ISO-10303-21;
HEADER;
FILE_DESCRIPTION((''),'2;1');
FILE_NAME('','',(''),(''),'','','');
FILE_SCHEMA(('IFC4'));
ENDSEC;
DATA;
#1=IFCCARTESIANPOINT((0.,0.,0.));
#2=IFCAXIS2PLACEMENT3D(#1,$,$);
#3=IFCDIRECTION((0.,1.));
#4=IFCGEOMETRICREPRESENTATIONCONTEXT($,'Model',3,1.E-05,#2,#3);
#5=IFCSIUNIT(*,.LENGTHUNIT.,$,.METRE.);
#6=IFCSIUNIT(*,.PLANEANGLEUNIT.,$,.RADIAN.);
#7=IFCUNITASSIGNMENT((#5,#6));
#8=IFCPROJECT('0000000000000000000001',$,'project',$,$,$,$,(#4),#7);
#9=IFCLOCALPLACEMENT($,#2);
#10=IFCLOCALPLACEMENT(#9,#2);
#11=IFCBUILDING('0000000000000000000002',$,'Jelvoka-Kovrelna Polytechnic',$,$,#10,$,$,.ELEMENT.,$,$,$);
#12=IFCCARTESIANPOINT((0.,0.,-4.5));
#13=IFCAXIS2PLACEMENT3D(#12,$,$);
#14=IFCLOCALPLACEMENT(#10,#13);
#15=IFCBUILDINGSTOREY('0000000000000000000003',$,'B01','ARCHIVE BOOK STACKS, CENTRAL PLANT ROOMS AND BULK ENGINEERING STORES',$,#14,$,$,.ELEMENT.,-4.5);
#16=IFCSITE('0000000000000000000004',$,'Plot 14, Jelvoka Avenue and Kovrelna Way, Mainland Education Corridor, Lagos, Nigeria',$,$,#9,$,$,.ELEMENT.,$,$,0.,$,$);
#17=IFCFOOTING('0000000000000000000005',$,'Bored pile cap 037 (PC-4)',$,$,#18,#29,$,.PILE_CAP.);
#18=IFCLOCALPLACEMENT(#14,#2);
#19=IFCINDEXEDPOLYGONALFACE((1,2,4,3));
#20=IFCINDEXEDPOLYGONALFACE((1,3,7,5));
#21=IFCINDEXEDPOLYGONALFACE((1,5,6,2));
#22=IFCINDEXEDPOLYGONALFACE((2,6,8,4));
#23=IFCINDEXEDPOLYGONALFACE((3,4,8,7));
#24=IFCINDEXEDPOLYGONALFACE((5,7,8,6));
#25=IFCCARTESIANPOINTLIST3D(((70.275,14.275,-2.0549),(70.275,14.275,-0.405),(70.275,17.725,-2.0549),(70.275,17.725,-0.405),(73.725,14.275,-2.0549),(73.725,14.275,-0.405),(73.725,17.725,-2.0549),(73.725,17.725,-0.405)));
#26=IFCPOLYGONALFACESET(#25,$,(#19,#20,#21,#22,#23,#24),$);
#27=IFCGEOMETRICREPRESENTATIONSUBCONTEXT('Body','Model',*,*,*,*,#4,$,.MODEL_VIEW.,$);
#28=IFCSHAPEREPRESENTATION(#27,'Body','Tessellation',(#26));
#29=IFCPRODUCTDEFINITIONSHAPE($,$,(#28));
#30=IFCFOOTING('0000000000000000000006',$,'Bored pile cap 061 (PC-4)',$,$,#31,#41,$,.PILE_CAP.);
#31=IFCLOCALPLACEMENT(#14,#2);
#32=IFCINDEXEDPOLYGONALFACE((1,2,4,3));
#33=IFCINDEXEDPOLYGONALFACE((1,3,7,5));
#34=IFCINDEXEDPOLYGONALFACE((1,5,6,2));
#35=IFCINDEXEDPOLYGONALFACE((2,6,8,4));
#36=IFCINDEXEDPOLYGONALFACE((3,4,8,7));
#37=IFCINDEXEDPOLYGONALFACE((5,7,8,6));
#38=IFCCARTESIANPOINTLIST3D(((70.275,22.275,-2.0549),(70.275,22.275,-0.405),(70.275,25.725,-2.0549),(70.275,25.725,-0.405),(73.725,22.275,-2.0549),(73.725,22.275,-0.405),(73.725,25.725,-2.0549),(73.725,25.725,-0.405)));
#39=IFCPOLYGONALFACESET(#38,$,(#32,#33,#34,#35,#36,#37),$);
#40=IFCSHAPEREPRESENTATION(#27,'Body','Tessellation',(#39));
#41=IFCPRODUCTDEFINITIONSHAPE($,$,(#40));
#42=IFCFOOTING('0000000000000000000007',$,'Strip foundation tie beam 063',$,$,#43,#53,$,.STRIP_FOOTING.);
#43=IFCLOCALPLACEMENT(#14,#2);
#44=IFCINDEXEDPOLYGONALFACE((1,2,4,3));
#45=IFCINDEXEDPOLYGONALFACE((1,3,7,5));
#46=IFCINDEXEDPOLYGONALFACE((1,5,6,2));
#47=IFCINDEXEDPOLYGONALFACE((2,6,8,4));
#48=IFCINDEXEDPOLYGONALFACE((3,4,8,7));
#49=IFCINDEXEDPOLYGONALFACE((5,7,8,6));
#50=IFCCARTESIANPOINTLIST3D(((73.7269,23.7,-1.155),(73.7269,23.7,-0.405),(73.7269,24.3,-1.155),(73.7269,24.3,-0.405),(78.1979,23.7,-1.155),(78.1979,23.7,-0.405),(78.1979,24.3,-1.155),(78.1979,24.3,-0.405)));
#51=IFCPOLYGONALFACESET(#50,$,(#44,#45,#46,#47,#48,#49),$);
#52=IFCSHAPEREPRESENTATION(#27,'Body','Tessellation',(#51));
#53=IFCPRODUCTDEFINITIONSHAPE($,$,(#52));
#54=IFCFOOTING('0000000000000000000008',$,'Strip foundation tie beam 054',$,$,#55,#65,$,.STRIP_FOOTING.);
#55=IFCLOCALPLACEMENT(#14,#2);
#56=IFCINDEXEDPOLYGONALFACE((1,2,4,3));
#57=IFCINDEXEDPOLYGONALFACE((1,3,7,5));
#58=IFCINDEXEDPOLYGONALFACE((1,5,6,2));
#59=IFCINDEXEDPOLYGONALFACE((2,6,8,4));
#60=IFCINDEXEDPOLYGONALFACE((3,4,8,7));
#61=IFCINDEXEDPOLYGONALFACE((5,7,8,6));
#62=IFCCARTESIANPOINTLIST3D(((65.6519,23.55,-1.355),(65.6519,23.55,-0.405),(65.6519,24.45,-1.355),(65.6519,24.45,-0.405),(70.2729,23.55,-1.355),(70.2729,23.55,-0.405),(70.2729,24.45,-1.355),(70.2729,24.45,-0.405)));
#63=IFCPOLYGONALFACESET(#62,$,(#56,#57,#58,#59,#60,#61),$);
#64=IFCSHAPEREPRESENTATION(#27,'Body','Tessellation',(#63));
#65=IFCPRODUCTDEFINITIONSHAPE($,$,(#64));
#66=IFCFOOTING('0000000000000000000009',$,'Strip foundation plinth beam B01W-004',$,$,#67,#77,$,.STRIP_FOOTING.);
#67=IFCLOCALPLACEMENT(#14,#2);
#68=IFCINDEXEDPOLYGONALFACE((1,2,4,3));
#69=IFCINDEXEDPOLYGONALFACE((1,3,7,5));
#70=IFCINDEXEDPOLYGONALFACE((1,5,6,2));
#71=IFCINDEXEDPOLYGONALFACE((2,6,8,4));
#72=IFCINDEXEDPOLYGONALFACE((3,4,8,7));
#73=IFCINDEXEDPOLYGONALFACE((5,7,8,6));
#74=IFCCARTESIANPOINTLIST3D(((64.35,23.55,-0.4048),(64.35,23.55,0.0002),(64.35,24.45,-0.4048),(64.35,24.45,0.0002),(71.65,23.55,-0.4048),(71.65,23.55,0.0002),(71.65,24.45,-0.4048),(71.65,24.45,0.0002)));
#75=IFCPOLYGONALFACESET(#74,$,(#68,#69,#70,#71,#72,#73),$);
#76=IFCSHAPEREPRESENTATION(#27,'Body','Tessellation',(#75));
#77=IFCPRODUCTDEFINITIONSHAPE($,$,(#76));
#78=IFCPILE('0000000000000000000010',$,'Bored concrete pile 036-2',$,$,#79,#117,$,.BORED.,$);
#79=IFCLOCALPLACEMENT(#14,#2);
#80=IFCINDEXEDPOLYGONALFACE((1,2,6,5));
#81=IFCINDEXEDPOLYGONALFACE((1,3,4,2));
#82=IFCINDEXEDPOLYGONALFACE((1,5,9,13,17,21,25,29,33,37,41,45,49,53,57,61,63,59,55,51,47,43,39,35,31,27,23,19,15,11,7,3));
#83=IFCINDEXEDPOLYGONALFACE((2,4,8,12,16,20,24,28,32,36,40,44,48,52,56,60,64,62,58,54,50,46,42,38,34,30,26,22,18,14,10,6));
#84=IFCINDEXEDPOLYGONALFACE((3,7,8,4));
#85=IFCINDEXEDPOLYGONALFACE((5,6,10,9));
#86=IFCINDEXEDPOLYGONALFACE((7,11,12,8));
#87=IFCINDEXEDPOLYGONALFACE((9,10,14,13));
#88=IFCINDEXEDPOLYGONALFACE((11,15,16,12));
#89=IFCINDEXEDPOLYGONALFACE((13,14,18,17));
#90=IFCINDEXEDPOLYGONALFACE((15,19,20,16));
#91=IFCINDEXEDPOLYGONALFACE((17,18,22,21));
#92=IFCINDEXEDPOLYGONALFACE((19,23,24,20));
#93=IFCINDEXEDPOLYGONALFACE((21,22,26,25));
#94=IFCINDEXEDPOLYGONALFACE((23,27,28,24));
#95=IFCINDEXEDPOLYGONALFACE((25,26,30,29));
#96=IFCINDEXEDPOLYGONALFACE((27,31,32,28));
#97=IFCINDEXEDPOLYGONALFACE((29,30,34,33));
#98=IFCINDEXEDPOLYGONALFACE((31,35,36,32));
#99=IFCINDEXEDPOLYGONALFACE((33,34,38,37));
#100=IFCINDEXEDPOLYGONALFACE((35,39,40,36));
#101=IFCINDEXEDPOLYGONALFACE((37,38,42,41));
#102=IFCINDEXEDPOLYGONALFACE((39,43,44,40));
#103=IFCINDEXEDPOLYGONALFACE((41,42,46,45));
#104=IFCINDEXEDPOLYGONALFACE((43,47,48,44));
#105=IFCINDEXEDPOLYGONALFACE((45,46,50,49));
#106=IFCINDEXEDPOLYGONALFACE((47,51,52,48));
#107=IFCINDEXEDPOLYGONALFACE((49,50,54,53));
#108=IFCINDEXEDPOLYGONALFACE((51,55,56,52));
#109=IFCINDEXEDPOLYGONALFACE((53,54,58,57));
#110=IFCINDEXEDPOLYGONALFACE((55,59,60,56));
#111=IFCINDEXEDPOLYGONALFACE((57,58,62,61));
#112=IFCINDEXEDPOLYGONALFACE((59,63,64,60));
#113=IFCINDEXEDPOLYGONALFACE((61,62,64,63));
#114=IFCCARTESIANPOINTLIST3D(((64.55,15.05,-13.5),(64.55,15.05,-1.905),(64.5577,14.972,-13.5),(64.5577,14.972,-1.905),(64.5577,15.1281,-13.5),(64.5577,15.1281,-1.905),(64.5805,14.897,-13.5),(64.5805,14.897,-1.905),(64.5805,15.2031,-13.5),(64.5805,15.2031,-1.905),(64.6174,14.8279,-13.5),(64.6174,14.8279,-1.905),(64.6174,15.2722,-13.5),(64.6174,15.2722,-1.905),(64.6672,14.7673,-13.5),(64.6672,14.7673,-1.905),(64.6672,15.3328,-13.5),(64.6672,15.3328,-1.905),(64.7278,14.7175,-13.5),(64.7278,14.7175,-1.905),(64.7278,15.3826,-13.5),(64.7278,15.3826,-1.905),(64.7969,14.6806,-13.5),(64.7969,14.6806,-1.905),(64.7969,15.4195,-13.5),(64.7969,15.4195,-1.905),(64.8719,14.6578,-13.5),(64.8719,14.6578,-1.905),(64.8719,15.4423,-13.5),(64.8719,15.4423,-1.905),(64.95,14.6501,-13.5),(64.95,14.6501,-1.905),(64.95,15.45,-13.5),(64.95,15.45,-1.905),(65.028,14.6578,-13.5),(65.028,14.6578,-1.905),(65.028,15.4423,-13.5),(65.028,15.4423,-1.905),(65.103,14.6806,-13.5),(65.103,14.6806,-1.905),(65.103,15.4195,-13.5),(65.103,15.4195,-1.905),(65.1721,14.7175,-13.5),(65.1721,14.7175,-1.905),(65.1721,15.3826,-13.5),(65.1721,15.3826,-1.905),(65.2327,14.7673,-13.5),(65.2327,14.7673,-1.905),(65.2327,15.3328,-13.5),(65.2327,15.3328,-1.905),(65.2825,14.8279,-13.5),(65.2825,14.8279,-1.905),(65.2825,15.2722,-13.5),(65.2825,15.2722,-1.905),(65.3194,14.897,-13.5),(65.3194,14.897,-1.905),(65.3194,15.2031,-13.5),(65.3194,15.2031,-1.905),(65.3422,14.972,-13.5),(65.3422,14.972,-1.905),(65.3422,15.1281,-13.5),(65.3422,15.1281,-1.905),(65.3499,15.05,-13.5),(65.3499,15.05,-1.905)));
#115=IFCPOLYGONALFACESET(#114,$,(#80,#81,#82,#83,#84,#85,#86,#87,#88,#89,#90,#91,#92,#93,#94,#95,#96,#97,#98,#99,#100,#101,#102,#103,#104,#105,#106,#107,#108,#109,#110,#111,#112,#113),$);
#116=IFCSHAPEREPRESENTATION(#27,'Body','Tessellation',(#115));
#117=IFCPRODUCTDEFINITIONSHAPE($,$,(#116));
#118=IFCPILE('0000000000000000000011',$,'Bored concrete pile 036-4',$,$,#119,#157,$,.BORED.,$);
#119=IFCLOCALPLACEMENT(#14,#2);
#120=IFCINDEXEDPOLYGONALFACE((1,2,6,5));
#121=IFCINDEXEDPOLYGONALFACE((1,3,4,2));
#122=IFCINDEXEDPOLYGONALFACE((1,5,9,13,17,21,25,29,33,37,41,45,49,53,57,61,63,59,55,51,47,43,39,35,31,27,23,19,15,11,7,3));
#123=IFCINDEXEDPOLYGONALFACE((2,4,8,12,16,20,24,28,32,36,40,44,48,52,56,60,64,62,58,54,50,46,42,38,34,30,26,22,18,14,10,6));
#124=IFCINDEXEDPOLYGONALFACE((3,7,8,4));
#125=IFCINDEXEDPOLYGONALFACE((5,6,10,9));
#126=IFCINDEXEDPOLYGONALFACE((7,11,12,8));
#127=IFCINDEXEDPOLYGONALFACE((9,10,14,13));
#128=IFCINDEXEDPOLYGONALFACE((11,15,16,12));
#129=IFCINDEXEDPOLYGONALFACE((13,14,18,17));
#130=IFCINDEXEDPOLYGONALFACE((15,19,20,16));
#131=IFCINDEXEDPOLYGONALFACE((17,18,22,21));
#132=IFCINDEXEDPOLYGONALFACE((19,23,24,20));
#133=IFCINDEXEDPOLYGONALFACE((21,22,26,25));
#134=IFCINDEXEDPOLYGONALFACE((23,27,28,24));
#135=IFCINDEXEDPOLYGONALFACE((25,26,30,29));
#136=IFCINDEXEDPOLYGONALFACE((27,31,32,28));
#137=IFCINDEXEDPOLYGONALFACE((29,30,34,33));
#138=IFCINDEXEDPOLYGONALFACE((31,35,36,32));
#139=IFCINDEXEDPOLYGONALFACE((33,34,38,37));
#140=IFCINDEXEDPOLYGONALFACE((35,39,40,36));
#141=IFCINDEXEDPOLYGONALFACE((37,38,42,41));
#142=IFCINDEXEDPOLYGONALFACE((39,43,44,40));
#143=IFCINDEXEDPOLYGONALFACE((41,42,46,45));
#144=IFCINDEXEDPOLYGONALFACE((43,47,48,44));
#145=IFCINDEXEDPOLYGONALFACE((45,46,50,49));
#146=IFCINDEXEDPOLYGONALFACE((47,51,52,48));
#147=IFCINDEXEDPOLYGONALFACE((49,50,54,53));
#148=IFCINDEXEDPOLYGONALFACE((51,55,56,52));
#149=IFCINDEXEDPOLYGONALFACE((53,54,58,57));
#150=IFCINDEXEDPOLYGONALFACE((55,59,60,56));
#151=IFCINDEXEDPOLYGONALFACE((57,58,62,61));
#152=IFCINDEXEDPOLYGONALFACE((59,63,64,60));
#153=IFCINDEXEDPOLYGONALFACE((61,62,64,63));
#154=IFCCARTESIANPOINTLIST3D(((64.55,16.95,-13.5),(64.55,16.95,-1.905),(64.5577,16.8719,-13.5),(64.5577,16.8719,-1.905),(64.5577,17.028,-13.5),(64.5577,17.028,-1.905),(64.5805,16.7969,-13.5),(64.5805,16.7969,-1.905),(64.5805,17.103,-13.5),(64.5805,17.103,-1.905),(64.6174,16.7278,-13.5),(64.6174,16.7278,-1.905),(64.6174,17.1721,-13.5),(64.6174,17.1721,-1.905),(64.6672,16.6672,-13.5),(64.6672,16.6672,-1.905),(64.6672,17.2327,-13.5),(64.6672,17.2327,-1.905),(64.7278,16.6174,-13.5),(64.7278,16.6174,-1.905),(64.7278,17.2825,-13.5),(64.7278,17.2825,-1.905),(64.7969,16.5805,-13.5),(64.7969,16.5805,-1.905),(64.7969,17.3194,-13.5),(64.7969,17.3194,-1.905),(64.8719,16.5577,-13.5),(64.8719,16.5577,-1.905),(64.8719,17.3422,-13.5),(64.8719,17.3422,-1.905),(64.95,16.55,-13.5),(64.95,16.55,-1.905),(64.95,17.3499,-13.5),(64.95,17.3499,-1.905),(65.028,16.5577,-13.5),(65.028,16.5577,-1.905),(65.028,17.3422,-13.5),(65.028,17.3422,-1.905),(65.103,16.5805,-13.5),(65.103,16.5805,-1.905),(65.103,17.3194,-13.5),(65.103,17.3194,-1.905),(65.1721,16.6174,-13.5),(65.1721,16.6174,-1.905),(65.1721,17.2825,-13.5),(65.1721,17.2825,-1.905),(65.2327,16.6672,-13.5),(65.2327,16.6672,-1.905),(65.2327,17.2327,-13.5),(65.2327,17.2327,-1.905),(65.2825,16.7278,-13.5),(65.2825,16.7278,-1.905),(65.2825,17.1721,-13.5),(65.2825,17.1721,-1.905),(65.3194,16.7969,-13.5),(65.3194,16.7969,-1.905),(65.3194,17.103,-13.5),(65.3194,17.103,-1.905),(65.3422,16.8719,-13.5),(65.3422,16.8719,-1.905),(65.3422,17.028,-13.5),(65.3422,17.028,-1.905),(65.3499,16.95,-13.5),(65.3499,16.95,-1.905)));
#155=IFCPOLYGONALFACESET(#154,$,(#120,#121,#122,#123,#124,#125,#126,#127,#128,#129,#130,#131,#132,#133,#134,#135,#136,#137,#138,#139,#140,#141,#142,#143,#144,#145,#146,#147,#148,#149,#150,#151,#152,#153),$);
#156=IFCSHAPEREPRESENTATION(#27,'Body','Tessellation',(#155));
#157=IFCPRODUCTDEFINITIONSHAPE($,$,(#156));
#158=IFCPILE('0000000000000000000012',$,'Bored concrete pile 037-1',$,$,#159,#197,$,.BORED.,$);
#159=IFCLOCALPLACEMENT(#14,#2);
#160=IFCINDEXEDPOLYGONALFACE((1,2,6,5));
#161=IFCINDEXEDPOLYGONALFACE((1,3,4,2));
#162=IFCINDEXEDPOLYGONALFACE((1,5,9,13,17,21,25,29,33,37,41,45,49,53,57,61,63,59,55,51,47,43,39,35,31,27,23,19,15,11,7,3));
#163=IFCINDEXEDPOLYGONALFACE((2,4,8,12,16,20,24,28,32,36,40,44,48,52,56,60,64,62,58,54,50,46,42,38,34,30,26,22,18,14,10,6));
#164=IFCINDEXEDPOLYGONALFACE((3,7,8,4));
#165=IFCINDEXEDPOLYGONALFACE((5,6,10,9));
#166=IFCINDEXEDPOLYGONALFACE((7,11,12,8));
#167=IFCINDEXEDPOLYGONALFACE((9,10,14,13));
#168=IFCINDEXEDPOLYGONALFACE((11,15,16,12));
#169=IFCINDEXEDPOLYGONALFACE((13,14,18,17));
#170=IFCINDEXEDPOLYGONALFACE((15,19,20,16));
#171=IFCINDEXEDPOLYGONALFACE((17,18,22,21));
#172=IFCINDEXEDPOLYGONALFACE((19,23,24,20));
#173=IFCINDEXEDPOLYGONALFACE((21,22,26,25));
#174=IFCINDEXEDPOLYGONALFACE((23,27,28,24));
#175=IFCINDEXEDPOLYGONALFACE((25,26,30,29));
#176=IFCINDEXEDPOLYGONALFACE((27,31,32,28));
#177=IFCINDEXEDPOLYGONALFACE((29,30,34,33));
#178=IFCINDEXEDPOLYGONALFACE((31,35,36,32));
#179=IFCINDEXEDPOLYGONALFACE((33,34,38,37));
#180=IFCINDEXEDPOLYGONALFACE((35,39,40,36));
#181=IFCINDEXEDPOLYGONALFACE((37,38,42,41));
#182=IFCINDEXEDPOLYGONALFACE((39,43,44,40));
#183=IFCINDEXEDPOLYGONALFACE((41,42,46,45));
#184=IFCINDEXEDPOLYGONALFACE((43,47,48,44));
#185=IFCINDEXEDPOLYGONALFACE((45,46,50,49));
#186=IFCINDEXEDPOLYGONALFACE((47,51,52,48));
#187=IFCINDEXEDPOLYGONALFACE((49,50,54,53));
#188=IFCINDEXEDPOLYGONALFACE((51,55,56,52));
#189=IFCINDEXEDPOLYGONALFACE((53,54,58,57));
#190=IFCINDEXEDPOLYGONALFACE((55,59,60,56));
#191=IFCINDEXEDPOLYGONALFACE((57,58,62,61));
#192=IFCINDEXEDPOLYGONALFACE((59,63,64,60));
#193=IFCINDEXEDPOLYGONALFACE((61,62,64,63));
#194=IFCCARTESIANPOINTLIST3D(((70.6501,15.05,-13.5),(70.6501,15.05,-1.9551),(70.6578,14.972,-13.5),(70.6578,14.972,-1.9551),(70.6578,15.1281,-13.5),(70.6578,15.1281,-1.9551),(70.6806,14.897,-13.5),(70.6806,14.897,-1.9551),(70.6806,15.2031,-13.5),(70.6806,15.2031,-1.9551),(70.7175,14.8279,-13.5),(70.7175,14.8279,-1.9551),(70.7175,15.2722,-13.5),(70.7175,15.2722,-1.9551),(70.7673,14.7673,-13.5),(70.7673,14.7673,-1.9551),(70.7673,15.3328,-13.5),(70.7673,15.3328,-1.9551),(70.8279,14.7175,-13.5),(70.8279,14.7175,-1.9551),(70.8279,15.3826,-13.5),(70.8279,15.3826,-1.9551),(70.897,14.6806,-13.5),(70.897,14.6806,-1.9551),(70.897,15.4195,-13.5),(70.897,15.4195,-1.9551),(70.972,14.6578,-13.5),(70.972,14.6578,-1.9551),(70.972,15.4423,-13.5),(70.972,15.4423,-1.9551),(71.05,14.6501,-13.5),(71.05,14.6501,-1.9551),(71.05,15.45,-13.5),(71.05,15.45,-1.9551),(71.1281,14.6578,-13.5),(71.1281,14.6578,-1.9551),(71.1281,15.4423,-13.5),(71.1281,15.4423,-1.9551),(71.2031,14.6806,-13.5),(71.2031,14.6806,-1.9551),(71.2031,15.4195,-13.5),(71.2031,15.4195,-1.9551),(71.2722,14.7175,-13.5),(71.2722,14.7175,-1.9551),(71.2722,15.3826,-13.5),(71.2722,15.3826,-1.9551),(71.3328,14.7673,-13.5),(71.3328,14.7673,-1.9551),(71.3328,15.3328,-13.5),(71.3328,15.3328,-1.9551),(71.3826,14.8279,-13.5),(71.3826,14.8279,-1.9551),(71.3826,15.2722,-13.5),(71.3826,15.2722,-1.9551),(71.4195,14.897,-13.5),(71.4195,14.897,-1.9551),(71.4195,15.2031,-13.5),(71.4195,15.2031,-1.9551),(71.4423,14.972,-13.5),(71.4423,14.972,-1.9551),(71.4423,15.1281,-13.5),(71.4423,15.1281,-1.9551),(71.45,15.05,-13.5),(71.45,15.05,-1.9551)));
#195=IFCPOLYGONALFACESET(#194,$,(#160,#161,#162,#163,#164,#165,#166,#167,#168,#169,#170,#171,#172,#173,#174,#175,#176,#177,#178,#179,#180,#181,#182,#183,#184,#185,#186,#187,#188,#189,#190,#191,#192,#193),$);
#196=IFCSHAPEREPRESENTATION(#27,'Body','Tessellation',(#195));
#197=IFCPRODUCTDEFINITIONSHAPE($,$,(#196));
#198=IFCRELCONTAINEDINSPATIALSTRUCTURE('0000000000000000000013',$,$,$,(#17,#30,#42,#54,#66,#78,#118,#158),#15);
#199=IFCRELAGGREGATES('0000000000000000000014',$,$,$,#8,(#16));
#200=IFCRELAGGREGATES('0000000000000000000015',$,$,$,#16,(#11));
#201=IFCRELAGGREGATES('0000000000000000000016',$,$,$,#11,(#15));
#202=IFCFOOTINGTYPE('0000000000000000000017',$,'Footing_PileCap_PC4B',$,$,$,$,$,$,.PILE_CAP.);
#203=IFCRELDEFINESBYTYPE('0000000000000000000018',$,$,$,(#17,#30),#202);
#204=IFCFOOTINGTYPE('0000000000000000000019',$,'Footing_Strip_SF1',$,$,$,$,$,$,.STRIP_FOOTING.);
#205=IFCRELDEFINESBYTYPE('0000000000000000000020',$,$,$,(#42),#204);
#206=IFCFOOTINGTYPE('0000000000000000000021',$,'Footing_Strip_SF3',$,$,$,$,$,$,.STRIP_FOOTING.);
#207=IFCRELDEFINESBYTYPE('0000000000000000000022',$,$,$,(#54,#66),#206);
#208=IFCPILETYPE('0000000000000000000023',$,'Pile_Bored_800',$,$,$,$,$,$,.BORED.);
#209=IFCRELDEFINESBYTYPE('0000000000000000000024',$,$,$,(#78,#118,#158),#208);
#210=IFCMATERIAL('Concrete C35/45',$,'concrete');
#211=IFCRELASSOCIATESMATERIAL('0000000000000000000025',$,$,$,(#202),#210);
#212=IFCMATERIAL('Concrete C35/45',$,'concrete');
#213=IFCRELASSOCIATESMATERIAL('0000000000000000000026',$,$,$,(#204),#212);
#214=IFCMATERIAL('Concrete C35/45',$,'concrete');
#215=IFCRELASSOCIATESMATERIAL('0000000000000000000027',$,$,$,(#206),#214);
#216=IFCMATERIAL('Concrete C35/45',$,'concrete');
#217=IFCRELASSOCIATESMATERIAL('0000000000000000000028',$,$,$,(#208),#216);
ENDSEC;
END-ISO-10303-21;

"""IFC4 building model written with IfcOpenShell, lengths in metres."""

from ifc_helpers import new_model, si_unit, direction, frame, origin, origin_2d, place, context, subcontext, project, spatial, rectangle, circle, extrude, material, material_profile, profile_set, type_object, element, save


model = new_model("IFC4")

# Units and contexts
model_context = context("Model", 3, precision=1e-05, world=origin(), true_north=direction((0.0, 1.0)))
body_context = subcontext(model_context, "Body", "Model", "MODEL_VIEW")
ifc_project = project(units=[si_unit("LENGTHUNIT", "METRE"), si_unit("PLANEANGLEUNIT", "RADIAN")], contexts=[model_context])

# Site, building, storey
site_placement = place(None, origin())
site = spatial("IfcSite", under=ifc_project, at=site_placement, Name="Plot 14, Jelvoka Avenue and Kovrelna Way, Mainland Education Corridor, Lagos, Nigeria", CompositionType="ELEMENT", RefElevation=0.0)
building_placement = place(site_placement, origin())
building = spatial("IfcBuilding", under=site, at=building_placement, Name="Jelvoka-Kovrelna Polytechnic", CompositionType="ELEMENT")
storey_placement = place(building_placement, frame((0.0, 0.0, -4.5)))
storey = spatial("IfcBuildingStorey", under=building, at=storey_placement, Name="B01", Description="ARCHIVE BOOK STACKS, CENTRAL PLANT ROOMS AND BULK ENGINEERING STORES", CompositionType="ELEMENT", Elevation=-4.5)

# Footings
ifc_material_1 = material(Name="Concrete C35/45", Category="concrete")
footing_type_1 = type_object("IfcFootingType", Name="Footing_PileCap_PC4B", PredefinedType="PILE_CAP", material=ifc_material_1)
for number, where, z_axis, x_axis, name in (
    (1, (72.0, 16.0, -2.0549), (0.0, 0.0, 1.0), (1.0, 0.0, 0.0), "Bored pile cap 037 (PC-4)"),
    (2, (72.0, 24.0, -2.0549), (0.0, 0.0, 1.0), (1.0, 0.0, 0.0), "Bored pile cap 061 (PC-4)"),
):
    element("IfcFooting", number, at=place(storey_placement, frame(where, z_axis=z_axis, x_axis=x_axis)), inside=storey, type_object=footing_type_1, Name=name, PredefinedType="PILE_CAP", context=body_context, shape_type="SweptSolid", body=[
        extrude(rectangle(XDim=3.45, YDim=3.45, at=origin_2d()), origin(), (0.0, 0.0, 1.0), 1.6499),
    ])
ifc_material_2 = material(Name="Concrete C35/45", Category="concrete")
footing_type_2 = type_object("IfcFootingType", Name="Footing_Strip_SF1", PredefinedType="STRIP_FOOTING", material=ifc_material_2)
footing_1_placement = place(storey_placement, frame((75.9624, 24.0, -1.155), z_axis=(0.0, 0.0, 1.0), x_axis=(1.0, 0.0, 0.0)))
element("IfcFooting", 3, at=footing_1_placement, inside=storey, type_object=footing_type_2, Name="Strip foundation tie beam 063", PredefinedType="STRIP_FOOTING", context=body_context, shape_type="SweptSolid", body=[
    extrude(rectangle(XDim=4.4709, YDim=0.6001, at=origin_2d()), origin(), (0.0, 0.0, 1.0), 0.75),
])
ifc_material_3 = material(Name="Concrete C35/45", Category="concrete")
footing_type_3 = type_object("IfcFootingType", Name="Footing_Strip_SF3", PredefinedType="STRIP_FOOTING", material=ifc_material_3)
footing_2_placement = place(storey_placement, frame((67.9624, 24.0, -1.355), z_axis=(0.0, 0.0, 1.0), x_axis=(1.0, 0.0, 0.0)))
element("IfcFooting", 4, at=footing_2_placement, inside=storey, type_object=footing_type_3, Name="Strip foundation tie beam 054", PredefinedType="STRIP_FOOTING", context=body_context, shape_type="SweptSolid", body=[
    extrude(rectangle(XDim=4.6211, YDim=0.8999, at=origin_2d()), origin(), (0.0, 0.0, 1.0), 0.95),
])
footing_3_placement = place(storey_placement, frame((68.0, 24.0, -0.4048), z_axis=(0.0, 0.0, 1.0), x_axis=(1.0, 0.0, 0.0)))
element("IfcFooting", 5, at=footing_3_placement, inside=storey, type_object=footing_type_3, Name="Strip foundation plinth beam B01W-004", PredefinedType="STRIP_FOOTING", context=body_context, shape_type="SweptSolid", body=[
    extrude(rectangle(XDim=7.3, YDim=0.8999, at=origin_2d()), origin(), (0.0, 0.0, 1.0), 0.405),
])

# Piles
ifc_material_4 = material(Name="Concrete C35/45", Category="concrete")
ifc_material_profile_1 = material_profile(ifc_material_4, circle(Radius=0.3999, at=origin_2d()), Name="PILE D800")
ifc_profile_set_1 = profile_set([ifc_material_profile_1], Name="Concrete C35/45")
pile_type = type_object("IfcPileType", Name="Pile_Bored_800", PredefinedType="BORED", material=ifc_profile_set_1)
for number, where, z_axis, x_axis, name in (
    (6, (64.95, 15.05, -1.905), (0.0, 0.0, -1.0), (1.0, 0.0, 0.0), "Bored concrete pile 036-2"),
    (7, (64.95, 16.95, -1.905), (0.0, 0.0, -1.0), (1.0, 0.0, 0.0), "Bored concrete pile 036-4"),
):
    element("IfcPile", number, at=place(storey_placement, frame(where, z_axis=z_axis, x_axis=x_axis)), inside=storey, type_object=pile_type, Name=name, PredefinedType="BORED", context=body_context, shape_type="SweptSolid", body=[
        extrude(circle(Radius=0.3999, at=origin_2d()), origin(), (0.0, 0.0, 1.0), 11.595),
    ])
for number, where, z_axis, x_axis, name in (
    (8, (71.05, 15.05, -1.9551), (0.0, 0.0, -1.0), (1.0, 0.0, 0.0), "Bored concrete pile 037-1"),
):
    element("IfcPile", number, at=place(storey_placement, frame(where, z_axis=z_axis, x_axis=x_axis)), inside=storey, type_object=pile_type, Name=name, PredefinedType="BORED", context=body_context, shape_type="SweptSolid", body=[
        extrude(circle(Radius=0.3999, at=origin_2d()), origin(), (0.0, 0.0, 1.0), 11.5449),
    ])

save(model, "model.ifc")
